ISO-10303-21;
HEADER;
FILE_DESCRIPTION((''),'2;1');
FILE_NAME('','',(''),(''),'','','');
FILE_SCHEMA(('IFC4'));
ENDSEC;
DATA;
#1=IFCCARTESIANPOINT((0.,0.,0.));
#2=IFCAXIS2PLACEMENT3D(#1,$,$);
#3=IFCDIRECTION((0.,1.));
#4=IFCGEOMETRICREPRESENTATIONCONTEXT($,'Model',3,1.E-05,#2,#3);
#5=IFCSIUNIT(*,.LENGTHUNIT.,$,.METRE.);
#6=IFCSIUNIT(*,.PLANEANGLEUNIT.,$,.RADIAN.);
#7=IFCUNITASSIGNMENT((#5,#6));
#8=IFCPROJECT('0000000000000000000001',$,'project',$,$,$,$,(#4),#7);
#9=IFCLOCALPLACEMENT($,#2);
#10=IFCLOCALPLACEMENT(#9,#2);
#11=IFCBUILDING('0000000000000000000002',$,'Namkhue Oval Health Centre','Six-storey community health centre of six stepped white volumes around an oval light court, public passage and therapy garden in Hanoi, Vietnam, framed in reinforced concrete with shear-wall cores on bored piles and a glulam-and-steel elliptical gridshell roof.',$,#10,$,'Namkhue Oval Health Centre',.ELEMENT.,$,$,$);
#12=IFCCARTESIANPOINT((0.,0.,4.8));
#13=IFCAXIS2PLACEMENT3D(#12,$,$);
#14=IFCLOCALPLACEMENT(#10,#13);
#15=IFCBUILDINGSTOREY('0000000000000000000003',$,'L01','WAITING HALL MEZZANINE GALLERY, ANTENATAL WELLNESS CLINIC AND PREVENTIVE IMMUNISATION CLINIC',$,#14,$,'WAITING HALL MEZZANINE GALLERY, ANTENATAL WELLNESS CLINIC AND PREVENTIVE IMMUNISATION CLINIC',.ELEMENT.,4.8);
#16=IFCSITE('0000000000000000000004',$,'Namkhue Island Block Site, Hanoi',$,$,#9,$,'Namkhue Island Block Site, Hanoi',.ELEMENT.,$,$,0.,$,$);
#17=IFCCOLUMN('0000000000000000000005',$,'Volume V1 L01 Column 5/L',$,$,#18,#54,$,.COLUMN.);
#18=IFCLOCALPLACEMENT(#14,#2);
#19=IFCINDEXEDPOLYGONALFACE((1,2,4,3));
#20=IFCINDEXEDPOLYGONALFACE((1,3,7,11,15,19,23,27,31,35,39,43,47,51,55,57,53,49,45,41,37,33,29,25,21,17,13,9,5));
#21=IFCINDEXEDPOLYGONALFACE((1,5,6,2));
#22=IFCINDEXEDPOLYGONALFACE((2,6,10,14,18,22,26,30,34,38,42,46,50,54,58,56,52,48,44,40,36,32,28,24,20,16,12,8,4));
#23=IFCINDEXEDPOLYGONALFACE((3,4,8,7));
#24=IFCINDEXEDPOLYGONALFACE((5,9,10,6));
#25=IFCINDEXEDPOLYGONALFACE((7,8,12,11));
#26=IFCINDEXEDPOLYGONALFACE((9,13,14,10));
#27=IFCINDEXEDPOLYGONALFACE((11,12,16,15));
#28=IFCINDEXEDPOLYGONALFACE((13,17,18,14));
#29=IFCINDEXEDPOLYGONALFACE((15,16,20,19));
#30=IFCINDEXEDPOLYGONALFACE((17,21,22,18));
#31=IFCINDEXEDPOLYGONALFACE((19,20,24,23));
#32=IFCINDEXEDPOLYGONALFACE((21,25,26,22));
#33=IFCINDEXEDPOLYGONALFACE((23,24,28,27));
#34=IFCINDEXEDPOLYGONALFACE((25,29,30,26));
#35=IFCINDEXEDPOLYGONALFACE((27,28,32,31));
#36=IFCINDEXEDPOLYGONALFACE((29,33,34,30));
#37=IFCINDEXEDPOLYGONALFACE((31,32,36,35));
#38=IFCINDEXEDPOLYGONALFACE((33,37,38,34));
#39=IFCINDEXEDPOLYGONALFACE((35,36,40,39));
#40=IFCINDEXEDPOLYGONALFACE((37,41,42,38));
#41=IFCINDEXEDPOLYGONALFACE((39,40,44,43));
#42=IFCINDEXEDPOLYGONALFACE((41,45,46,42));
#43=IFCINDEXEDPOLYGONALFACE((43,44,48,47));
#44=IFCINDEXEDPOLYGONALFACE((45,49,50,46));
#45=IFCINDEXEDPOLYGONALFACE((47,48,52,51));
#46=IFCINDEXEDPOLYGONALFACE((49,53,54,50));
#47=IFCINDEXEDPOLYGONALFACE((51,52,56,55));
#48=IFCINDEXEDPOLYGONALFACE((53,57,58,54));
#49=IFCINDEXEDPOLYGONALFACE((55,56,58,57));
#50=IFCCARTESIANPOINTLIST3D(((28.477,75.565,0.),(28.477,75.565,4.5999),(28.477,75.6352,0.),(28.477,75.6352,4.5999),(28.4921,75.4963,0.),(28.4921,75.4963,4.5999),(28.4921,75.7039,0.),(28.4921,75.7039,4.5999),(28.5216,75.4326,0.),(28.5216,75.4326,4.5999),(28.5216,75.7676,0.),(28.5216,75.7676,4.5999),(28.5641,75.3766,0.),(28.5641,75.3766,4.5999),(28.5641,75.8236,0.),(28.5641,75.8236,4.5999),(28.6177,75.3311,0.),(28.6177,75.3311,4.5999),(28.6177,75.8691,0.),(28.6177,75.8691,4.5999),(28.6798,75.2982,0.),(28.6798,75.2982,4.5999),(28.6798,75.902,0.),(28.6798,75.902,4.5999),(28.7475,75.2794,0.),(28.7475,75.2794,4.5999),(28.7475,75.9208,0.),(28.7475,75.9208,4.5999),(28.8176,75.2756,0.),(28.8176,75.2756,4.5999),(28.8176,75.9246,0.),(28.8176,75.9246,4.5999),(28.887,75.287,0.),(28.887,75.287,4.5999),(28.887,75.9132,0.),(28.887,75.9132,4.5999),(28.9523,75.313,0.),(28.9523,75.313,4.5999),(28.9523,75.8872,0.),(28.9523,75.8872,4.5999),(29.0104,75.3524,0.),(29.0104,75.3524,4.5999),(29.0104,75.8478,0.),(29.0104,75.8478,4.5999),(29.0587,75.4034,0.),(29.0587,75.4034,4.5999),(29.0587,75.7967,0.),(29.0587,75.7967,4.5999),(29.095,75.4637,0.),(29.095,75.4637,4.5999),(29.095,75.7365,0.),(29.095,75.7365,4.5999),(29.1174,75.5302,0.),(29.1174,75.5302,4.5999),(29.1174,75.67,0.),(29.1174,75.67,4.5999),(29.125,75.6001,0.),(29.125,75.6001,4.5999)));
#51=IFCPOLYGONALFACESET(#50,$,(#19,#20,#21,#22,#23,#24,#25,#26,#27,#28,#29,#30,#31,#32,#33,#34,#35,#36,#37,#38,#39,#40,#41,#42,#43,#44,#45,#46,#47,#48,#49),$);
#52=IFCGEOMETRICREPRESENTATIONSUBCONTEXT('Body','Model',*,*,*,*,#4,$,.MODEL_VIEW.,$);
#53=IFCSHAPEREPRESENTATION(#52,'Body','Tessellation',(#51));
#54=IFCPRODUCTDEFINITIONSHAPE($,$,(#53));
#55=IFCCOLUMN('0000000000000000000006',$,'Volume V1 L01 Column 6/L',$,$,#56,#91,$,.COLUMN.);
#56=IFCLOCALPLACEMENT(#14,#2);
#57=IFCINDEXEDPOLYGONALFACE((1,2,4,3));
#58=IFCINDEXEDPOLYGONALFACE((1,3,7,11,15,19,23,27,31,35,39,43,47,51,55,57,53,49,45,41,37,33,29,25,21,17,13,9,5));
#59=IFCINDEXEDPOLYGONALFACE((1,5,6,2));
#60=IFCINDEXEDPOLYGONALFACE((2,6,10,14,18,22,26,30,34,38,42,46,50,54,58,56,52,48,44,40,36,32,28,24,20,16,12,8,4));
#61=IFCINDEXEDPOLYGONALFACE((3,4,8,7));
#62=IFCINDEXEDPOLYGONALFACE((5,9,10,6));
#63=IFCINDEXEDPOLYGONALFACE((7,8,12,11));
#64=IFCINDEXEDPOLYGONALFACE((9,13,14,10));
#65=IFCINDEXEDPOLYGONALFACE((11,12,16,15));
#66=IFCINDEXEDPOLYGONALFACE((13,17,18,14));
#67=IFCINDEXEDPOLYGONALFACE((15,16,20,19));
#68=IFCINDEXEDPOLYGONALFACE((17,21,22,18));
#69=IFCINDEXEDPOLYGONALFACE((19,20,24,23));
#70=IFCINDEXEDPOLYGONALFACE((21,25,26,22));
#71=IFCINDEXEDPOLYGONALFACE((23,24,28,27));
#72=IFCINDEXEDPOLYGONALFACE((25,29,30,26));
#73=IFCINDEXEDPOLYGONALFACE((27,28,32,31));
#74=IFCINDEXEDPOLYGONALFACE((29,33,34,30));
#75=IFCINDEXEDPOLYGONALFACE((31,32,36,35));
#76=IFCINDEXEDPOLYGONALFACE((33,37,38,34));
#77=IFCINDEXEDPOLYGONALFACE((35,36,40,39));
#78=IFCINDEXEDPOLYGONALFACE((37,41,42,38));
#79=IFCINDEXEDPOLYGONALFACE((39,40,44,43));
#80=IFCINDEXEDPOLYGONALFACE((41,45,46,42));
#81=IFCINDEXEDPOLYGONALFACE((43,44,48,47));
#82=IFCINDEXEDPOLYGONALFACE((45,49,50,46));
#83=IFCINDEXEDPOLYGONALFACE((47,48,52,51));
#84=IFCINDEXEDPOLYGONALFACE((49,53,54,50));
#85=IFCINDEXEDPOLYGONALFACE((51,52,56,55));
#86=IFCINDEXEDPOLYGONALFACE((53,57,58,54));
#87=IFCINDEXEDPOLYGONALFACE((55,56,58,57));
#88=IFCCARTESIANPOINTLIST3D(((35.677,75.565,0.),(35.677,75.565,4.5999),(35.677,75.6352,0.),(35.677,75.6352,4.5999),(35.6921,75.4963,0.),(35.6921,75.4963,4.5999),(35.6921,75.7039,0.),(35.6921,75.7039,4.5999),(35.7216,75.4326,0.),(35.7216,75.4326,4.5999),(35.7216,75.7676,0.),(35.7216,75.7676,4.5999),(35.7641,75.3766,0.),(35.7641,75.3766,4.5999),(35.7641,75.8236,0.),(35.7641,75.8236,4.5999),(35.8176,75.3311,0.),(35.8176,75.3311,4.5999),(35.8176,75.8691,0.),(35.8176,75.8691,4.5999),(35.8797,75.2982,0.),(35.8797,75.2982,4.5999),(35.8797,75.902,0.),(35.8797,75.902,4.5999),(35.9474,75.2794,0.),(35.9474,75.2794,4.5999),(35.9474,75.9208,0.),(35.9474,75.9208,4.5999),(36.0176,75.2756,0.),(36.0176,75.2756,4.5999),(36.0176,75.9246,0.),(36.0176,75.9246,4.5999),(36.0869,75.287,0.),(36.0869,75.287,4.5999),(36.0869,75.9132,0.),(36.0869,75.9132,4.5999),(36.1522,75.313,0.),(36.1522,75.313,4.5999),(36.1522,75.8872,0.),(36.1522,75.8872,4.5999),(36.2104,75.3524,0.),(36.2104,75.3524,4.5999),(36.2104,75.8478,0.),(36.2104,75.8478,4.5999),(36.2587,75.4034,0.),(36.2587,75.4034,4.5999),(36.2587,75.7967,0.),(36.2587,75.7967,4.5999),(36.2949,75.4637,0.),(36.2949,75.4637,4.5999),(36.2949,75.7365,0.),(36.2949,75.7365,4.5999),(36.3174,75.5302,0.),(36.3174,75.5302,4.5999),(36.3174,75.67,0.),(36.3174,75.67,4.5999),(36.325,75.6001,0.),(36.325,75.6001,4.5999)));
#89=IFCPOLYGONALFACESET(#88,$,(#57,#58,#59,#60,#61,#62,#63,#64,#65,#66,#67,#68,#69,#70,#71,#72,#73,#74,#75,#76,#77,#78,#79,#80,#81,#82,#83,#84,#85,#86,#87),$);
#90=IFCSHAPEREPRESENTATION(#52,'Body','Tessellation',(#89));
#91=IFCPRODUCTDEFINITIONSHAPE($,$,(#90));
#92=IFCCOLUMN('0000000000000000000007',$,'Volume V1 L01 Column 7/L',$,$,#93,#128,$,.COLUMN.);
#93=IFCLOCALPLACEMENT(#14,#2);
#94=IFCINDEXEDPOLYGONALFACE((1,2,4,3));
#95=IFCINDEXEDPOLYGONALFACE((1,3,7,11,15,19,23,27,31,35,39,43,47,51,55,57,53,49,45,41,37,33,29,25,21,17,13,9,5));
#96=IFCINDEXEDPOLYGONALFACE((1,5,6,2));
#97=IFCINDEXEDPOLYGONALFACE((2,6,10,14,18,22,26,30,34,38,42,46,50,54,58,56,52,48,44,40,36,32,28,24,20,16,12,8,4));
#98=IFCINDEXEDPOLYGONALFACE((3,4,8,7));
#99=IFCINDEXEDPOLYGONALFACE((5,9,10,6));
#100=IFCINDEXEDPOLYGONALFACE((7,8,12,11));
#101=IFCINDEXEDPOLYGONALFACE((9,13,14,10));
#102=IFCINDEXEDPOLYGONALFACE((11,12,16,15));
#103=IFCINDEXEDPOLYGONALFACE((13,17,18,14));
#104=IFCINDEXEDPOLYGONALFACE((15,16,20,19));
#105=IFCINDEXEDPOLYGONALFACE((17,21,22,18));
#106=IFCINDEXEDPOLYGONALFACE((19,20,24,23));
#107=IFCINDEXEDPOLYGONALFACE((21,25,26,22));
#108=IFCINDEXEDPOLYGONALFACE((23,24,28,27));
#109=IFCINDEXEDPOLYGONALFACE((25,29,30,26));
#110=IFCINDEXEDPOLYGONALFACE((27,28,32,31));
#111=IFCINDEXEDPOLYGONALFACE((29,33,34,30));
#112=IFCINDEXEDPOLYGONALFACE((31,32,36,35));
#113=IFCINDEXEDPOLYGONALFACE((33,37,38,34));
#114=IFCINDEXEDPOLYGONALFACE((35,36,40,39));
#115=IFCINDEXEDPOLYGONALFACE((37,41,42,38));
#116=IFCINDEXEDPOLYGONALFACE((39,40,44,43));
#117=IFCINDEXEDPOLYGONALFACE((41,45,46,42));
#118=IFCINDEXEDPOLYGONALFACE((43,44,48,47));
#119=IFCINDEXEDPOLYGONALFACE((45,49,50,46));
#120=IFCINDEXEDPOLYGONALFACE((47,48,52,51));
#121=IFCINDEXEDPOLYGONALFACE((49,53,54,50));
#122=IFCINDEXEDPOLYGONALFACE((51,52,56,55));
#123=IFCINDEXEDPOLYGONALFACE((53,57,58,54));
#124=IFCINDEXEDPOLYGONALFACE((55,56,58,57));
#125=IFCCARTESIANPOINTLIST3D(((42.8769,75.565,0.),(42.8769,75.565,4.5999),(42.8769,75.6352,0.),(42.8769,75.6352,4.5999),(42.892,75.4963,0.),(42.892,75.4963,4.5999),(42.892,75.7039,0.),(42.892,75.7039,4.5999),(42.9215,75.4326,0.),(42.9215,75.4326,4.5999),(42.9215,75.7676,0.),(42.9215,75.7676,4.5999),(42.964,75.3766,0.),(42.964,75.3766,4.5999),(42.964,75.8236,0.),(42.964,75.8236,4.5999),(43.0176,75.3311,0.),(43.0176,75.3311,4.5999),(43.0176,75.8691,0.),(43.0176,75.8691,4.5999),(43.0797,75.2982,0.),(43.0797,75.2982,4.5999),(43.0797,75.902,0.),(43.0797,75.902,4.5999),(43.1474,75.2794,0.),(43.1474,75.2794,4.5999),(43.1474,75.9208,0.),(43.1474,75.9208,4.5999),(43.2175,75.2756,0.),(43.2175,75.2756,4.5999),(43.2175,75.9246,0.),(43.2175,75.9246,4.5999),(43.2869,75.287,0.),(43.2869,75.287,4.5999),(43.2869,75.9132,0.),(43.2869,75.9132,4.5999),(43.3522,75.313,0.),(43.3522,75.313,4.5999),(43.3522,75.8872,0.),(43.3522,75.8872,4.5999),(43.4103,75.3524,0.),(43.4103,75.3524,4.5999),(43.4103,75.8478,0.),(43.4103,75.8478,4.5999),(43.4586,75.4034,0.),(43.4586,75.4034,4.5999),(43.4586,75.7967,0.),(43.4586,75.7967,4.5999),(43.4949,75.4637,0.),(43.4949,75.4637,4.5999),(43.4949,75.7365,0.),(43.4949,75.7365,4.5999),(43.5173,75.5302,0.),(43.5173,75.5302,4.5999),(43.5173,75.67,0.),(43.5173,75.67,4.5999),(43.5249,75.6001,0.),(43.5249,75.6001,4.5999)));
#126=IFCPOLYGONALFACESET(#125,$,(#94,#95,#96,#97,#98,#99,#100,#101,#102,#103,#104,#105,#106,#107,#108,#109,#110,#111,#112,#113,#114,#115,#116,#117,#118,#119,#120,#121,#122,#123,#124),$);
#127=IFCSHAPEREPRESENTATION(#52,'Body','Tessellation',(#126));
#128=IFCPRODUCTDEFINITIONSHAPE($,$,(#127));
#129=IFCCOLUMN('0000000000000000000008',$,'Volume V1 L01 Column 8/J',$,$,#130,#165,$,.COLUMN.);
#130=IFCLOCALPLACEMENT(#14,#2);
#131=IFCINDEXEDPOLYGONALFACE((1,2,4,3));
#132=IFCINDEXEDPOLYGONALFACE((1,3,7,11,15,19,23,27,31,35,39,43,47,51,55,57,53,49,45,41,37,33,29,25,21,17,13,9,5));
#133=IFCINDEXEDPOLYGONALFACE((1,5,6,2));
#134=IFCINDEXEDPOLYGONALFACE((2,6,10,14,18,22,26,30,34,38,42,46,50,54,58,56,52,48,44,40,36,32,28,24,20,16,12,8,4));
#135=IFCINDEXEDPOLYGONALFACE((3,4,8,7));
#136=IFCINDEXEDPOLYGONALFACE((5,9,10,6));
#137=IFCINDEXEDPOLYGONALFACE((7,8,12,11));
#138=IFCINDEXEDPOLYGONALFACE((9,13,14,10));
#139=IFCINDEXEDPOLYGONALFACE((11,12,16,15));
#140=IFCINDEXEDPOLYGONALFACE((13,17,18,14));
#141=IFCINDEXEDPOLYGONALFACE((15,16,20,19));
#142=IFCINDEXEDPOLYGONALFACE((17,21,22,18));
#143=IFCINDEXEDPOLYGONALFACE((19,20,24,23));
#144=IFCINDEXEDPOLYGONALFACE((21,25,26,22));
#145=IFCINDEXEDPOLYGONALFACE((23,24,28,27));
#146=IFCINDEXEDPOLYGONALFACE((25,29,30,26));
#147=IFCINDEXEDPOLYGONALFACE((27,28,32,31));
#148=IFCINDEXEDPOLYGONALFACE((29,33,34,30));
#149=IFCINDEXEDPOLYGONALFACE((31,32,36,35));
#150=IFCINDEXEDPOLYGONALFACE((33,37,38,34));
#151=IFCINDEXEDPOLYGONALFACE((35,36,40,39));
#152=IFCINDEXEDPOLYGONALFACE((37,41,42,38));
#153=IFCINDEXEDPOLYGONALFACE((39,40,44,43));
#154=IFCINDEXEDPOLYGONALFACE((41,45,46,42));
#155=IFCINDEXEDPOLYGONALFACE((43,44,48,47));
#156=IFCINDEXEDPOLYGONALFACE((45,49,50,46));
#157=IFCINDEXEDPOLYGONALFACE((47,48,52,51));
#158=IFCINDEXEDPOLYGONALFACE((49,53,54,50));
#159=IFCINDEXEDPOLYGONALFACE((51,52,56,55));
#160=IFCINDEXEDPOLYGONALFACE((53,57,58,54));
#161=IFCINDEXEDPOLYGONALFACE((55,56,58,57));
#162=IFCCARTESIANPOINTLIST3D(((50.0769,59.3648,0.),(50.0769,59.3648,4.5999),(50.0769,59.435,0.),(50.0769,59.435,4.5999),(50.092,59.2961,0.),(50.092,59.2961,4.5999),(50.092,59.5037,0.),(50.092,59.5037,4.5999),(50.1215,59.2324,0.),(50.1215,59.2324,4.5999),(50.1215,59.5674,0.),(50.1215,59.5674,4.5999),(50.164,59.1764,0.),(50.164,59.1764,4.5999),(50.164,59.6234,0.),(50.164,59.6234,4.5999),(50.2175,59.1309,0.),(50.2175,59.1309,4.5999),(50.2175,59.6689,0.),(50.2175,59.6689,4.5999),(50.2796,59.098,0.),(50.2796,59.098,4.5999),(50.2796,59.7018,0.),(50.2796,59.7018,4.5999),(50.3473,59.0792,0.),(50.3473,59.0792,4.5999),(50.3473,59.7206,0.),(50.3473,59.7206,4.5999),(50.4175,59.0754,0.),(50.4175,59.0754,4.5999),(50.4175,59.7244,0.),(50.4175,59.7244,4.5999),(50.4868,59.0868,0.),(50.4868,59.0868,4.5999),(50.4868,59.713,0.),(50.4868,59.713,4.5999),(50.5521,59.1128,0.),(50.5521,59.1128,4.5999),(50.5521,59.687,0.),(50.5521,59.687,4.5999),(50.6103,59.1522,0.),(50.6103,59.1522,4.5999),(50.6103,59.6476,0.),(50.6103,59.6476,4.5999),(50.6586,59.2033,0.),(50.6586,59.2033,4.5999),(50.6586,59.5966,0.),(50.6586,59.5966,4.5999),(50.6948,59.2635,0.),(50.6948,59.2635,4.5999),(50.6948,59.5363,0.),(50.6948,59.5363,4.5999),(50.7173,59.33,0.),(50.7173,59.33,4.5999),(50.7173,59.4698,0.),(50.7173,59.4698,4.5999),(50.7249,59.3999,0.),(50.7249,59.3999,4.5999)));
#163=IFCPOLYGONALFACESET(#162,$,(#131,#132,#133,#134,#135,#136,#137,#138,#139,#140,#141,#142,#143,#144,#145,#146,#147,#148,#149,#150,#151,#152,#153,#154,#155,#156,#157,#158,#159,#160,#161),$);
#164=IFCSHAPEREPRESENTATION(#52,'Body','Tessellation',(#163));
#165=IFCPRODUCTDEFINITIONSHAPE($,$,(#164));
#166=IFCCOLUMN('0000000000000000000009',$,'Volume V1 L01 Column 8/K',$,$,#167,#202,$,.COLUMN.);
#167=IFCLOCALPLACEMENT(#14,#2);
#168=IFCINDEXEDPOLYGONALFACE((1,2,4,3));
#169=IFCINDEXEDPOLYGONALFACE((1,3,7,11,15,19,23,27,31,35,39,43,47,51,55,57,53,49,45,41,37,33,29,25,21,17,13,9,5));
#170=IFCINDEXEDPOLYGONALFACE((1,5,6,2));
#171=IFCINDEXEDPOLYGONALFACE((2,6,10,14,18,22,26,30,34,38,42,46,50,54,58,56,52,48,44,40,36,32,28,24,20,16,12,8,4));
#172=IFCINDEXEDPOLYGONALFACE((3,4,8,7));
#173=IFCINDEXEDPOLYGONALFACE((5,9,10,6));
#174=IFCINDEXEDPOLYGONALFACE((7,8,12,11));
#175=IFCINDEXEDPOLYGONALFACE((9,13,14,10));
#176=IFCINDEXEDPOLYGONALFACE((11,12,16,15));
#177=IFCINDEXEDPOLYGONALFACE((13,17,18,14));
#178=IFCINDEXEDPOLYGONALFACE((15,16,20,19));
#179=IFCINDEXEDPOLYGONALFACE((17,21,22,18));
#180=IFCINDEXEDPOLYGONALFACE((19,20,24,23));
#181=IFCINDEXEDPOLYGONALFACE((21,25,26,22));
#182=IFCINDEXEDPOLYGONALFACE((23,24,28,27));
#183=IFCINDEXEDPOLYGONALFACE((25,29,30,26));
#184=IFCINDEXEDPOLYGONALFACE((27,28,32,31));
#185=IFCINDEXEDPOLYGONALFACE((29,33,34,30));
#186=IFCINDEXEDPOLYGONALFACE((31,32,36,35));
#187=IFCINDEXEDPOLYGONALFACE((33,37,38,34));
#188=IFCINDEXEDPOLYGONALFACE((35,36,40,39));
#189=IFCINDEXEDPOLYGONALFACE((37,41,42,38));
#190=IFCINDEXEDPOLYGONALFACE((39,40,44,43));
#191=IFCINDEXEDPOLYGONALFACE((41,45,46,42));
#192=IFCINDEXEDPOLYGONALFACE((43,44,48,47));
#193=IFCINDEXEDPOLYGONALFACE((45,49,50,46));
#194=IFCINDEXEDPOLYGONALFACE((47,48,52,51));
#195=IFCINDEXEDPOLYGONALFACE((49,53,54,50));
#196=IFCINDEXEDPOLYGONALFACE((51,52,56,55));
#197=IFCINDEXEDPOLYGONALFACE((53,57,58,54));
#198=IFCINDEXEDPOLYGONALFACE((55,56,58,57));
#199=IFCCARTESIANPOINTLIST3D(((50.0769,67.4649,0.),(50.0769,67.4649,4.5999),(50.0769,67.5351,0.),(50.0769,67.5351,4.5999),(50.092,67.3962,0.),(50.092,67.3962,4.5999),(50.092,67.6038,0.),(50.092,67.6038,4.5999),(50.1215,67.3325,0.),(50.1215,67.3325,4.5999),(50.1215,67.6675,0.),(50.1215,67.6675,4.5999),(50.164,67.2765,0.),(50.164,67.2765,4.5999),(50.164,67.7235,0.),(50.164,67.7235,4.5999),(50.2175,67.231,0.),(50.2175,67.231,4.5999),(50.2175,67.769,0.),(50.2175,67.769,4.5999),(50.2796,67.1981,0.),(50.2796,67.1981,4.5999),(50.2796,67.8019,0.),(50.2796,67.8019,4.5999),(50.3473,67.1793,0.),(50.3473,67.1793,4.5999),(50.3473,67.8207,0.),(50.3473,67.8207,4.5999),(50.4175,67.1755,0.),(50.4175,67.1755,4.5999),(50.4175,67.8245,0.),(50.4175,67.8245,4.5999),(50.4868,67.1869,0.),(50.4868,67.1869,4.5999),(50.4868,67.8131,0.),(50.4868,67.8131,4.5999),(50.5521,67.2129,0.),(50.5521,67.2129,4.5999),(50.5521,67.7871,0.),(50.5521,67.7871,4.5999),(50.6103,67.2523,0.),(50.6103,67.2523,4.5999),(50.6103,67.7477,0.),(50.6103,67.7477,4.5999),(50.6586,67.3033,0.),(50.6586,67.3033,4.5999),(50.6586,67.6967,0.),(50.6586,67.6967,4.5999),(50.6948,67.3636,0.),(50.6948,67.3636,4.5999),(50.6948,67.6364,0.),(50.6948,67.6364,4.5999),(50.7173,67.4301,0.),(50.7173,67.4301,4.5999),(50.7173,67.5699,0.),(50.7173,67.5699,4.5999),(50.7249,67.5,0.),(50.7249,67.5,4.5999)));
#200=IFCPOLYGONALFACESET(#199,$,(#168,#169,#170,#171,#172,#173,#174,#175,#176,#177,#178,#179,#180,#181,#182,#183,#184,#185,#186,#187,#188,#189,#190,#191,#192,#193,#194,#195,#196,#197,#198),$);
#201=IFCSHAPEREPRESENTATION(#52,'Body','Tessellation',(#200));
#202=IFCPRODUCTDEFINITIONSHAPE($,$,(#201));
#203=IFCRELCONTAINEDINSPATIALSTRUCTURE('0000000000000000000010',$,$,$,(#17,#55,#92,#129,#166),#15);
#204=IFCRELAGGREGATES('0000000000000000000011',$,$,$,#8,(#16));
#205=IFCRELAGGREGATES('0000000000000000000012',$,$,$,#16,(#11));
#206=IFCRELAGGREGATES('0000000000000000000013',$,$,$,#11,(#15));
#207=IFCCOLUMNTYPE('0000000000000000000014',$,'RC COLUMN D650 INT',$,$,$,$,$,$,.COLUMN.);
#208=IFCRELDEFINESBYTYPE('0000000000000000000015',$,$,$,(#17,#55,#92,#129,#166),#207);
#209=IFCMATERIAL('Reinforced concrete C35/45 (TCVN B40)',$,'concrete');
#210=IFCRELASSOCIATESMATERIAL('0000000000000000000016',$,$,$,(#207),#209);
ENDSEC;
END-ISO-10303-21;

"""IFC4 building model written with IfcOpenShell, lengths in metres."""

from ifc_helpers import new_model, si_unit, direction, frame, origin, origin_2d, place, context, subcontext, project, spatial, circle, extrude, material, material_profile, profile_set, type_object, element, save


model = new_model("IFC4")

# Units and contexts
model_context = context("Model", 3, precision=1e-05, world=origin(), true_north=direction((0.0, 1.0)))
body_context = subcontext(model_context, "Body", "Model", "MODEL_VIEW")
ifc_project = project(units=[si_unit("LENGTHUNIT", "METRE"), si_unit("PLANEANGLEUNIT", "RADIAN")], contexts=[model_context])

# Site, building, storey
site_placement = place(None, origin())
site = spatial("IfcSite", under=ifc_project, at=site_placement, Name="Namkhue Island Block Site, Hanoi", LongName="Namkhue Island Block Site, Hanoi", CompositionType="ELEMENT", RefElevation=0.0)
building_placement = place(site_placement, origin())
building = spatial("IfcBuilding", under=site, at=building_placement, Name="Namkhue Oval Health Centre", Description="Six-storey community health centre of six stepped white volumes around an oval light court, public passage and therapy garden in Hanoi, Vietnam, framed in reinforced concrete with shear-wall cores on bored piles and a glulam-and-steel elliptical gridshell roof.", LongName="Namkhue Oval Health Centre", CompositionType="ELEMENT")
storey_placement = place(building_placement, frame((0.0, 0.0, 4.8)))
storey = spatial("IfcBuildingStorey", under=building, at=storey_placement, Name="L01", Description="WAITING HALL MEZZANINE GALLERY, ANTENATAL WELLNESS CLINIC AND PREVENTIVE IMMUNISATION CLINIC", LongName="WAITING HALL MEZZANINE GALLERY, ANTENATAL WELLNESS CLINIC AND PREVENTIVE IMMUNISATION CLINIC", CompositionType="ELEMENT", Elevation=4.8)

# Columns
ifc_material_1 = material(Name="Reinforced concrete C35/45 (TCVN B40)", Category="concrete")
ifc_material_profile_1 = material_profile(ifc_material_1, circle(Radius=0.325, at=origin_2d()), Name="RC D650")
ifc_profile_set_1 = profile_set([ifc_material_profile_1], Name="Reinforced concrete C35/45 (TCVN B40)")
column_type = type_object("IfcColumnType", Name="RC COLUMN D650 INT", PredefinedType="COLUMN", material=ifc_profile_set_1)
for number, where, z_axis, x_axis, name in (
    (1, (28.8, 75.6001, 0.0), (0.0, 0.0, 1.0), (1.0, 0.0, 0.0), "Volume V1 L01 Column 5/L"),
    (2, (36.0, 75.6001, 0.0), (0.0, 0.0, 1.0), (1.0, 0.0, 0.0), "Volume V1 L01 Column 6/L"),
    (3, (43.2, 75.6001, 0.0), (0.0, 0.0, 1.0), (1.0, 0.0, 0.0), "Volume V1 L01 Column 7/L"),
    (4, (50.3999, 59.3999, 0.0), (0.0, 0.0, 1.0), (1.0, 0.0, 0.0), "Volume V1 L01 Column 8/J"),
    (5, (50.3999, 67.5, 0.0), (0.0, 0.0, 1.0), (1.0, 0.0, 0.0), "Volume V1 L01 Column 8/K"),
):
    element("IfcColumn", number, at=place(storey_placement, frame(where, z_axis=z_axis, x_axis=x_axis)), inside=storey, type_object=column_type, Name=name, PredefinedType="COLUMN", context=body_context, shape_type="SweptSolid", body=[
        extrude(circle(Radius=0.325, at=origin_2d()), origin(), (0.0, 0.0, 1.0), 4.5999),
    ])

save(model, "model.ifc")
